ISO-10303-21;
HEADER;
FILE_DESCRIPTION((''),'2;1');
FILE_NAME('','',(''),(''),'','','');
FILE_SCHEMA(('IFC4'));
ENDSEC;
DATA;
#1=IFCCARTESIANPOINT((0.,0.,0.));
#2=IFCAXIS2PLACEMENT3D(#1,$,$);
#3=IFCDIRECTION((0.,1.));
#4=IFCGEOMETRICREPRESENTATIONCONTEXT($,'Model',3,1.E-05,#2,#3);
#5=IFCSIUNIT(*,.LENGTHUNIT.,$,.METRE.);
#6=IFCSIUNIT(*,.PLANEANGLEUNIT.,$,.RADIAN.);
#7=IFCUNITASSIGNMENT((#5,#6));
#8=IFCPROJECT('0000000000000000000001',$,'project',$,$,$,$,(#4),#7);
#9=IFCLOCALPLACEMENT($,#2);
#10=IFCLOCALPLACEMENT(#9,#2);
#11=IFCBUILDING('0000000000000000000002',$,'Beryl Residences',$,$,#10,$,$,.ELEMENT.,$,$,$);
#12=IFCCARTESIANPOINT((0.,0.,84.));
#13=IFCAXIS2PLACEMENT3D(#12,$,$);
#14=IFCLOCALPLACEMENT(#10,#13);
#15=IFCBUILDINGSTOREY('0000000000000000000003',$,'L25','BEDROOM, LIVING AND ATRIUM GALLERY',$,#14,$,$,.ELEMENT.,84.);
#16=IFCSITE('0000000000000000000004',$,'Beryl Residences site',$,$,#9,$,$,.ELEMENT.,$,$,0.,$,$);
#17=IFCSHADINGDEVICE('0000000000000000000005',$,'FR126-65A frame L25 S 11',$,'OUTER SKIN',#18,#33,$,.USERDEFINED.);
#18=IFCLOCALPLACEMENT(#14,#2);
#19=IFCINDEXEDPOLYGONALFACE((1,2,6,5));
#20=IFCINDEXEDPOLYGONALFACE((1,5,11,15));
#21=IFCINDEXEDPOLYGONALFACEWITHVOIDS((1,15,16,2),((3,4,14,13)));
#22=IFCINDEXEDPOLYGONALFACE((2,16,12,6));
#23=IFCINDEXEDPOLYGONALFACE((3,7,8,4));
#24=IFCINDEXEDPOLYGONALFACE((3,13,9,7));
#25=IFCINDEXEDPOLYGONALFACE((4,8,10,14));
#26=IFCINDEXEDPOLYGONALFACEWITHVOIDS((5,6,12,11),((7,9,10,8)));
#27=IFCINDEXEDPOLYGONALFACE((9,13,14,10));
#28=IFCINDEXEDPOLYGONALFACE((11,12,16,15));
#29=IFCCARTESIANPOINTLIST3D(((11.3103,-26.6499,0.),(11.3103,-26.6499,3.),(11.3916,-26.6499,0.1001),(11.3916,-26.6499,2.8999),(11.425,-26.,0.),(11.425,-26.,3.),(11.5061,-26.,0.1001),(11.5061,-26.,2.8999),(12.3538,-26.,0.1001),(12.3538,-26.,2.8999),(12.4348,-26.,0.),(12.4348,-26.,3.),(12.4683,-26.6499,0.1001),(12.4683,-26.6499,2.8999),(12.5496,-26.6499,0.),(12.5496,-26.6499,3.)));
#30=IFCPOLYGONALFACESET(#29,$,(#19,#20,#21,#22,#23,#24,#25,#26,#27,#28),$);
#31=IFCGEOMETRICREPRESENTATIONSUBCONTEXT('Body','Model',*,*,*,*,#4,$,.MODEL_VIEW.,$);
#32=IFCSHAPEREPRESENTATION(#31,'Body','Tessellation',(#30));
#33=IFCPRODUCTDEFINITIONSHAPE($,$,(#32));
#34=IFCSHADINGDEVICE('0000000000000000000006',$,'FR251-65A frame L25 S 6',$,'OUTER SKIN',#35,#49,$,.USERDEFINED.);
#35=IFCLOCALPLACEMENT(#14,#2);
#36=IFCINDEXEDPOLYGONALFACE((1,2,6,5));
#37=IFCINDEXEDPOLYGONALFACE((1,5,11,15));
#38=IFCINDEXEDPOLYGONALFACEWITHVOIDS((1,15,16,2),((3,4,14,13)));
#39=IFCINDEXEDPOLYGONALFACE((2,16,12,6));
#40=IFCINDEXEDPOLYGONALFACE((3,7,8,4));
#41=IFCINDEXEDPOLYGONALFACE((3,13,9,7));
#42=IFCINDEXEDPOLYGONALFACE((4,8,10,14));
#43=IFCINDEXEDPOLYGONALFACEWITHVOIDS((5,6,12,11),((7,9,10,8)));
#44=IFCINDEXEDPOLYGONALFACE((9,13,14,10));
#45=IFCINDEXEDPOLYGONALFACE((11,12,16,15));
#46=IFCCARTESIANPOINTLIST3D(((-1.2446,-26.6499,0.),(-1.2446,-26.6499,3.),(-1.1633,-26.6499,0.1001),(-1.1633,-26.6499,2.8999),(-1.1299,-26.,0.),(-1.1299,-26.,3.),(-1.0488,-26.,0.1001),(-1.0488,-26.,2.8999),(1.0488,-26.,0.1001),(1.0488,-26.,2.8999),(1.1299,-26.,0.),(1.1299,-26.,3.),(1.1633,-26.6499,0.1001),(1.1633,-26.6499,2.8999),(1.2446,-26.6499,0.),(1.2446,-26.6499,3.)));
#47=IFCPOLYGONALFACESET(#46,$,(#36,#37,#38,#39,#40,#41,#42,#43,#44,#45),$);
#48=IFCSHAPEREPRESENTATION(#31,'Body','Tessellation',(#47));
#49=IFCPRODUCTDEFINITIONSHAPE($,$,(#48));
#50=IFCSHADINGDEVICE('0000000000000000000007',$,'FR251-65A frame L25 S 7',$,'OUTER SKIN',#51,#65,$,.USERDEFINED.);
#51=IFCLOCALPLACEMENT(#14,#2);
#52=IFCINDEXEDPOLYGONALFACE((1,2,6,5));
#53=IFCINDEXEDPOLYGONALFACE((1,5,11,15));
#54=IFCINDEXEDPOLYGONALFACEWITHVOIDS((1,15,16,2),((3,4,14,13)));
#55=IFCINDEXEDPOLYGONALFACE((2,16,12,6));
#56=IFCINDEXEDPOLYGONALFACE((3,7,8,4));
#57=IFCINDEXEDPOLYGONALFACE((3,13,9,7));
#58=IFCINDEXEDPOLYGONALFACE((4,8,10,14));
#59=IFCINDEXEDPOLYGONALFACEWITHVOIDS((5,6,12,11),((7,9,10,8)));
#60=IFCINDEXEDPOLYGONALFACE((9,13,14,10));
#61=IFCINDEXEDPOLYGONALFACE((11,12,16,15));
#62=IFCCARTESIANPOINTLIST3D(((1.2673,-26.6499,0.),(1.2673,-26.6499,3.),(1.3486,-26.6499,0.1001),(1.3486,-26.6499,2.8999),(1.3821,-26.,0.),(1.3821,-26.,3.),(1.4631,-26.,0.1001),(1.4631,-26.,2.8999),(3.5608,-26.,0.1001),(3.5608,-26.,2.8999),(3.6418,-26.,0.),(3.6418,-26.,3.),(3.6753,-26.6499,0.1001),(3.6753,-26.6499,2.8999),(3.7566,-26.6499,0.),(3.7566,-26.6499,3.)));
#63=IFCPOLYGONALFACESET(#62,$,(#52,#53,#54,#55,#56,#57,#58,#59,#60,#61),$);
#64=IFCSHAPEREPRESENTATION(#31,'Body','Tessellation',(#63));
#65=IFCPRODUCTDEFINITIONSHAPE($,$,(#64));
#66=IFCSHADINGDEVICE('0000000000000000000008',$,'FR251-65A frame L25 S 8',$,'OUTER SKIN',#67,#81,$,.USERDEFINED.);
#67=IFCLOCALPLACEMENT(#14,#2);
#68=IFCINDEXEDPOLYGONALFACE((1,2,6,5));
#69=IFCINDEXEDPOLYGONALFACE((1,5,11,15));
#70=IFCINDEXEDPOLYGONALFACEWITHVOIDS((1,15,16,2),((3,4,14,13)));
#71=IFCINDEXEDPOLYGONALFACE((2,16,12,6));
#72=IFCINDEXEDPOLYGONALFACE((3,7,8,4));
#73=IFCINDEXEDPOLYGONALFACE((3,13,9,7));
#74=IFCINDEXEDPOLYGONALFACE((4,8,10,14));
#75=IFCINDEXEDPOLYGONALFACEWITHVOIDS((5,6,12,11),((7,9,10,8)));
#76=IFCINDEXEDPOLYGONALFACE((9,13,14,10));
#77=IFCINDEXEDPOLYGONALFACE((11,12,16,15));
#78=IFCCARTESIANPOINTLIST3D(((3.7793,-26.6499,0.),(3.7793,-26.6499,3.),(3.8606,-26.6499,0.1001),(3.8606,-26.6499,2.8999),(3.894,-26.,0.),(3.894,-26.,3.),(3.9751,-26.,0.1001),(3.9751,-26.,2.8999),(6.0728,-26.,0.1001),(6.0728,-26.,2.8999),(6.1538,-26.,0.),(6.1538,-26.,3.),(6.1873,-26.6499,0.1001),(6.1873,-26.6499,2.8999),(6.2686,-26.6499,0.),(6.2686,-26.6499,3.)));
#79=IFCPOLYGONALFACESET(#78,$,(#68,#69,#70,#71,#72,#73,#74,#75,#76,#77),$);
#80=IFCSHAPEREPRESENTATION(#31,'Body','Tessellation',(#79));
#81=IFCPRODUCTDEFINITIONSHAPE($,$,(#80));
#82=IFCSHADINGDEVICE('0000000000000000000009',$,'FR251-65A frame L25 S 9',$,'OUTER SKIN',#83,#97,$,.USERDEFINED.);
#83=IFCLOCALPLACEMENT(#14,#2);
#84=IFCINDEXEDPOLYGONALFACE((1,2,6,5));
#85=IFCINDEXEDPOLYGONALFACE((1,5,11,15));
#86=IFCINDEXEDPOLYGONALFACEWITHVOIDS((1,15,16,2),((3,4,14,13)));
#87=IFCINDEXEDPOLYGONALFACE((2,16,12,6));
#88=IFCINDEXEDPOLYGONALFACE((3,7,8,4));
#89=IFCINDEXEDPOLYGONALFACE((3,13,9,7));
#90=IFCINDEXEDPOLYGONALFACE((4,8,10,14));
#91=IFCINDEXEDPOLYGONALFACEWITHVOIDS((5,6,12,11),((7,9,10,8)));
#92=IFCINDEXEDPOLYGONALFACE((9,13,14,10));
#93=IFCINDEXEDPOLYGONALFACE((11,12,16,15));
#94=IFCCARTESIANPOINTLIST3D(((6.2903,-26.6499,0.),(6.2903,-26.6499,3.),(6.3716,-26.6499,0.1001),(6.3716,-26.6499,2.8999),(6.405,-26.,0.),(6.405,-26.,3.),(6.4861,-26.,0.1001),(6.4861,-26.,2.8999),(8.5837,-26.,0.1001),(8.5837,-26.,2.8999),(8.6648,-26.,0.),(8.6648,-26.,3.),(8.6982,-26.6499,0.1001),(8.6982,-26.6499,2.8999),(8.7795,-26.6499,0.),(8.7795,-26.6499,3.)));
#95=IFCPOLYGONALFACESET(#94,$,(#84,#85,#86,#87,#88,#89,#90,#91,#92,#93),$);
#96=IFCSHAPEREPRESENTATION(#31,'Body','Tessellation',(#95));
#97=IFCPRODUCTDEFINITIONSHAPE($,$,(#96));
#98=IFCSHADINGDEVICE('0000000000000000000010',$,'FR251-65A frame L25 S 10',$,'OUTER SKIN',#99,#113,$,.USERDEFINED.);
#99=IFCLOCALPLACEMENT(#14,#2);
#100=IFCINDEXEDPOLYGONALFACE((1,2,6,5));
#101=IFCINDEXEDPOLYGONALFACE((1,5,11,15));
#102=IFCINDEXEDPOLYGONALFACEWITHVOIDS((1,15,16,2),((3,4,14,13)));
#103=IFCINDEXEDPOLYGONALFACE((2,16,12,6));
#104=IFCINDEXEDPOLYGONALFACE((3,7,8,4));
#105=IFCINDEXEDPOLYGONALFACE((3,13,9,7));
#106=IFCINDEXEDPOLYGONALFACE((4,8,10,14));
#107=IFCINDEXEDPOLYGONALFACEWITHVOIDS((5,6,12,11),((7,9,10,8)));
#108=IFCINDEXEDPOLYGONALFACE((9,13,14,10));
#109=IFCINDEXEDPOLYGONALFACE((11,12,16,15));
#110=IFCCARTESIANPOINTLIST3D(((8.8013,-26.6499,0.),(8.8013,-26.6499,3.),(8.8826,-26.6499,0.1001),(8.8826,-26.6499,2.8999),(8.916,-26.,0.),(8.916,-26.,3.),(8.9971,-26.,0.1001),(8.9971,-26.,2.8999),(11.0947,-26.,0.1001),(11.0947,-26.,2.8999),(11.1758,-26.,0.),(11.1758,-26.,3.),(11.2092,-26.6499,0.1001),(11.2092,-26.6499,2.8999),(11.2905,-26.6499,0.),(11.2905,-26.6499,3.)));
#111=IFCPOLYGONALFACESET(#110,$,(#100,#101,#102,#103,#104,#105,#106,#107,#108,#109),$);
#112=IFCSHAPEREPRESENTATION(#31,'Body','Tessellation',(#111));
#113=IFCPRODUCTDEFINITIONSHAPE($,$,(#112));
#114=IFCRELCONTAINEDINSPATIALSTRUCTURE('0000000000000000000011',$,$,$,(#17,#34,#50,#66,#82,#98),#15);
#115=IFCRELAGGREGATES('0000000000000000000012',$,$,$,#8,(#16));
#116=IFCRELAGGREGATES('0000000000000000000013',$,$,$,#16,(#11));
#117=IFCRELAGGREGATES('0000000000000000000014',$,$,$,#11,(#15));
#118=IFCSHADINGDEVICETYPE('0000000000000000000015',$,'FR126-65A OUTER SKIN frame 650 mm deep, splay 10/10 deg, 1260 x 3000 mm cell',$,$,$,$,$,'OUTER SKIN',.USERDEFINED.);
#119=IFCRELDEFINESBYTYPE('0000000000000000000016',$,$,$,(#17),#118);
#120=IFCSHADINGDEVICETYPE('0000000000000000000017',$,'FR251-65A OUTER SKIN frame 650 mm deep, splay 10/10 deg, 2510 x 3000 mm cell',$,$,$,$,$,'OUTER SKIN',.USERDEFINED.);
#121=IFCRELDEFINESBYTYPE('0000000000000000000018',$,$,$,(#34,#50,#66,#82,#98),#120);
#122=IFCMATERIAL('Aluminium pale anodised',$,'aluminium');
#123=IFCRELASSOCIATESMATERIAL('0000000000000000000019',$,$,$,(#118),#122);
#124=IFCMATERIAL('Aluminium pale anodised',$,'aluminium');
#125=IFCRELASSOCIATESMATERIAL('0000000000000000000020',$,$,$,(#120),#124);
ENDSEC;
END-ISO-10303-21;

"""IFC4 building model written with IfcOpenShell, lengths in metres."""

from ifc_helpers import new_model, entity, si_unit, direction, frame, origin, place, context, subcontext, project, spatial, source, transform, mapped, material, type_object, type_shapes, element, save


model = new_model("IFC4")

# Units and contexts
model_context = context("Model", 3, precision=1e-05, world=origin(), true_north=direction((0.0, 1.0)))
body_context = subcontext(model_context, "Body", "Model", "MODEL_VIEW")
ifc_project = project(units=[si_unit("LENGTHUNIT", "METRE"), si_unit("PLANEANGLEUNIT", "RADIAN")], contexts=[model_context])

# Site, building, storey
site_placement = place(None, origin())
site = spatial("IfcSite", under=ifc_project, at=site_placement, Name="Beryl Residences site", CompositionType="ELEMENT", RefElevation=0.0)
building_placement = place(site_placement, origin())
building = spatial("IfcBuilding", under=site, at=building_placement, Name="Beryl Residences", CompositionType="ELEMENT")
storey_placement = place(building_placement, frame((0.0, 0.0, 84.0)))
storey = spatial("IfcBuildingStorey", under=building, at=storey_placement, Name="L25", Description="BEDROOM, LIVING AND ATRIUM GALLERY", CompositionType="ELEMENT", Elevation=84.0)

# Shading devices
ifc_material_1 = material(Name="Aluminium pale anodised", Category="aluminium")
shading_device_type_1 = type_object("IfcShadingDeviceType", Name="FR126-65A OUTER SKIN frame 650 mm deep, splay 10/10 deg, 1260 x 3000 mm cell", ElementType="OUTER SKIN", PredefinedType="USERDEFINED", material=ifc_material_1)
cartesian_point_1 = entity("IfcCartesianPoint", [-0.5049, 0.0])
cartesian_point_2 = entity("IfcCartesianPoint", [-0.4238, 0.1001])
cartesian_point_3 = entity("IfcCartesianPoint", [-0.6196, 0.0])
cartesian_point_4 = entity("IfcCartesianPoint", [-0.5383, 0.1001])
shared_shape_1 = source(origin(), body_context, "Body", "SweptSolid", [
    entity("IfcExtrudedAreaSolidTapered", entity("IfcArbitraryProfileDefWithVoids", "AREA", None, entity("IfcPolyline", [cartesian_point_1, entity("IfcCartesianPoint", [0.5049, 0.0]), entity("IfcCartesianPoint", [0.5049, 3.0]), entity("IfcCartesianPoint", [-0.5049, 3.0]), cartesian_point_1]), [entity("IfcPolyline", [cartesian_point_2, entity("IfcCartesianPoint", [0.4238, 0.1001]), entity("IfcCartesianPoint", [0.4238, 2.8999]), entity("IfcCartesianPoint", [-0.4238, 2.8999]), cartesian_point_2])]), entity("IfcAxis2Placement3D", entity("IfcCartesianPoint", [0.0, 0.0, 0.0]), entity("IfcDirection", [0.0, 1.0, 0.0]), entity("IfcDirection", [-1.0, 0.0, 0.0])), entity("IfcDirection", [0.0, 0.0, 1.0]), 0.6499, entity("IfcArbitraryProfileDefWithVoids", "AREA", None, entity("IfcPolyline", [cartesian_point_3, entity("IfcCartesianPoint", [0.6196, 0.0]), entity("IfcCartesianPoint", [0.6196, 3.0]), entity("IfcCartesianPoint", [-0.6196, 3.0]), cartesian_point_3]), [entity("IfcPolyline", [cartesian_point_4, entity("IfcCartesianPoint", [0.5383, 0.1001]), entity("IfcCartesianPoint", [0.5383, 2.8999]), entity("IfcCartesianPoint", [-0.5383, 2.8999]), cartesian_point_4])])),
])
type_shapes(shading_device_type_1, [shared_shape_1])
shading_device_placement = place(storey_placement, frame((11.9299, -26.0, 0.0), z_axis=(0.0, 0.0, 1.0), x_axis=(-1.0, 0.0, 0.0)))
element("IfcShadingDevice", 1, at=shading_device_placement, inside=storey, type_object=shading_device_type_1, Name="FR126-65A frame L25 S 11", ObjectType="OUTER SKIN", PredefinedType="USERDEFINED", context=body_context, shape_type="MappedRepresentation", body=[
    mapped(shared_shape_1, transform((0.0, 0.0, 0.0))),
])
ifc_material_2 = material(Name="Aluminium pale anodised", Category="aluminium")
shading_device_type_2 = type_object("IfcShadingDeviceType", Name="FR251-65A OUTER SKIN frame 650 mm deep, splay 10/10 deg, 2510 x 3000 mm cell", ElementType="OUTER SKIN", PredefinedType="USERDEFINED", material=ifc_material_2)
cartesian_point_5 = entity("IfcCartesianPoint", [-1.1299, 0.0])
cartesian_point_6 = entity("IfcCartesianPoint", [-1.0488, 0.1001])
cartesian_point_7 = entity("IfcCartesianPoint", [-1.2446, 0.0])
cartesian_point_8 = entity("IfcCartesianPoint", [-1.1633, 0.1001])
shared_shape_2 = source(origin(), body_context, "Body", "SweptSolid", [
    entity("IfcExtrudedAreaSolidTapered", entity("IfcArbitraryProfileDefWithVoids", "AREA", None, entity("IfcPolyline", [cartesian_point_5, entity("IfcCartesianPoint", [1.1299, 0.0]), entity("IfcCartesianPoint", [1.1299, 3.0]), entity("IfcCartesianPoint", [-1.1299, 3.0]), cartesian_point_5]), [entity("IfcPolyline", [cartesian_point_6, entity("IfcCartesianPoint", [1.0488, 0.1001]), entity("IfcCartesianPoint", [1.0488, 2.8999]), entity("IfcCartesianPoint", [-1.0488, 2.8999]), cartesian_point_6])]), entity("IfcAxis2Placement3D", entity("IfcCartesianPoint", [0.0, 0.0, 0.0]), entity("IfcDirection", [0.0, 1.0, 0.0]), entity("IfcDirection", [-1.0, 0.0, 0.0])), entity("IfcDirection", [0.0, 0.0, 1.0]), 0.6499, entity("IfcArbitraryProfileDefWithVoids", "AREA", None, entity("IfcPolyline", [cartesian_point_7, entity("IfcCartesianPoint", [1.2446, 0.0]), entity("IfcCartesianPoint", [1.2446, 3.0]), entity("IfcCartesianPoint", [-1.2446, 3.0]), cartesian_point_7]), [entity("IfcPolyline", [cartesian_point_8, entity("IfcCartesianPoint", [1.1633, 0.1001]), entity("IfcCartesianPoint", [1.1633, 2.8999]), entity("IfcCartesianPoint", [-1.1633, 2.8999]), cartesian_point_8])])),
])
type_shapes(shading_device_type_2, [shared_shape_2])
for number, where, z_axis, x_axis, name in (
    (2, (0.0, -26.0, 0.0), (0.0, 0.0, 1.0), (-1.0, 0.0, 0.0), "FR251-65A frame L25 S 6"),
    (3, (2.512, -26.0, 0.0), (0.0, 0.0, 1.0), (-1.0, 0.0, 0.0), "FR251-65A frame L25 S 7"),
    (4, (5.0239, -26.0, 0.0), (0.0, 0.0, 1.0), (-1.0, 0.0, 0.0), "FR251-65A frame L25 S 8"),
    (5, (7.5349, -26.0, 0.0), (0.0, 0.0, 1.0), (-1.0, 0.0, 0.0), "FR251-65A frame L25 S 9"),
    (6, (10.0459, -26.0, 0.0), (0.0, 0.0, 1.0), (-1.0, 0.0, 0.0), "FR251-65A frame L25 S 10"),
):
    element("IfcShadingDevice", number, at=place(storey_placement, frame(where, z_axis=z_axis, x_axis=x_axis)), inside=storey, type_object=shading_device_type_2, Name=name, ObjectType="OUTER SKIN", PredefinedType="USERDEFINED", context=body_context, shape_type="MappedRepresentation", body=[
        mapped(shared_shape_2, transform((0.0, 0.0, 0.0))),
    ])

save(model, "model.ifc")
